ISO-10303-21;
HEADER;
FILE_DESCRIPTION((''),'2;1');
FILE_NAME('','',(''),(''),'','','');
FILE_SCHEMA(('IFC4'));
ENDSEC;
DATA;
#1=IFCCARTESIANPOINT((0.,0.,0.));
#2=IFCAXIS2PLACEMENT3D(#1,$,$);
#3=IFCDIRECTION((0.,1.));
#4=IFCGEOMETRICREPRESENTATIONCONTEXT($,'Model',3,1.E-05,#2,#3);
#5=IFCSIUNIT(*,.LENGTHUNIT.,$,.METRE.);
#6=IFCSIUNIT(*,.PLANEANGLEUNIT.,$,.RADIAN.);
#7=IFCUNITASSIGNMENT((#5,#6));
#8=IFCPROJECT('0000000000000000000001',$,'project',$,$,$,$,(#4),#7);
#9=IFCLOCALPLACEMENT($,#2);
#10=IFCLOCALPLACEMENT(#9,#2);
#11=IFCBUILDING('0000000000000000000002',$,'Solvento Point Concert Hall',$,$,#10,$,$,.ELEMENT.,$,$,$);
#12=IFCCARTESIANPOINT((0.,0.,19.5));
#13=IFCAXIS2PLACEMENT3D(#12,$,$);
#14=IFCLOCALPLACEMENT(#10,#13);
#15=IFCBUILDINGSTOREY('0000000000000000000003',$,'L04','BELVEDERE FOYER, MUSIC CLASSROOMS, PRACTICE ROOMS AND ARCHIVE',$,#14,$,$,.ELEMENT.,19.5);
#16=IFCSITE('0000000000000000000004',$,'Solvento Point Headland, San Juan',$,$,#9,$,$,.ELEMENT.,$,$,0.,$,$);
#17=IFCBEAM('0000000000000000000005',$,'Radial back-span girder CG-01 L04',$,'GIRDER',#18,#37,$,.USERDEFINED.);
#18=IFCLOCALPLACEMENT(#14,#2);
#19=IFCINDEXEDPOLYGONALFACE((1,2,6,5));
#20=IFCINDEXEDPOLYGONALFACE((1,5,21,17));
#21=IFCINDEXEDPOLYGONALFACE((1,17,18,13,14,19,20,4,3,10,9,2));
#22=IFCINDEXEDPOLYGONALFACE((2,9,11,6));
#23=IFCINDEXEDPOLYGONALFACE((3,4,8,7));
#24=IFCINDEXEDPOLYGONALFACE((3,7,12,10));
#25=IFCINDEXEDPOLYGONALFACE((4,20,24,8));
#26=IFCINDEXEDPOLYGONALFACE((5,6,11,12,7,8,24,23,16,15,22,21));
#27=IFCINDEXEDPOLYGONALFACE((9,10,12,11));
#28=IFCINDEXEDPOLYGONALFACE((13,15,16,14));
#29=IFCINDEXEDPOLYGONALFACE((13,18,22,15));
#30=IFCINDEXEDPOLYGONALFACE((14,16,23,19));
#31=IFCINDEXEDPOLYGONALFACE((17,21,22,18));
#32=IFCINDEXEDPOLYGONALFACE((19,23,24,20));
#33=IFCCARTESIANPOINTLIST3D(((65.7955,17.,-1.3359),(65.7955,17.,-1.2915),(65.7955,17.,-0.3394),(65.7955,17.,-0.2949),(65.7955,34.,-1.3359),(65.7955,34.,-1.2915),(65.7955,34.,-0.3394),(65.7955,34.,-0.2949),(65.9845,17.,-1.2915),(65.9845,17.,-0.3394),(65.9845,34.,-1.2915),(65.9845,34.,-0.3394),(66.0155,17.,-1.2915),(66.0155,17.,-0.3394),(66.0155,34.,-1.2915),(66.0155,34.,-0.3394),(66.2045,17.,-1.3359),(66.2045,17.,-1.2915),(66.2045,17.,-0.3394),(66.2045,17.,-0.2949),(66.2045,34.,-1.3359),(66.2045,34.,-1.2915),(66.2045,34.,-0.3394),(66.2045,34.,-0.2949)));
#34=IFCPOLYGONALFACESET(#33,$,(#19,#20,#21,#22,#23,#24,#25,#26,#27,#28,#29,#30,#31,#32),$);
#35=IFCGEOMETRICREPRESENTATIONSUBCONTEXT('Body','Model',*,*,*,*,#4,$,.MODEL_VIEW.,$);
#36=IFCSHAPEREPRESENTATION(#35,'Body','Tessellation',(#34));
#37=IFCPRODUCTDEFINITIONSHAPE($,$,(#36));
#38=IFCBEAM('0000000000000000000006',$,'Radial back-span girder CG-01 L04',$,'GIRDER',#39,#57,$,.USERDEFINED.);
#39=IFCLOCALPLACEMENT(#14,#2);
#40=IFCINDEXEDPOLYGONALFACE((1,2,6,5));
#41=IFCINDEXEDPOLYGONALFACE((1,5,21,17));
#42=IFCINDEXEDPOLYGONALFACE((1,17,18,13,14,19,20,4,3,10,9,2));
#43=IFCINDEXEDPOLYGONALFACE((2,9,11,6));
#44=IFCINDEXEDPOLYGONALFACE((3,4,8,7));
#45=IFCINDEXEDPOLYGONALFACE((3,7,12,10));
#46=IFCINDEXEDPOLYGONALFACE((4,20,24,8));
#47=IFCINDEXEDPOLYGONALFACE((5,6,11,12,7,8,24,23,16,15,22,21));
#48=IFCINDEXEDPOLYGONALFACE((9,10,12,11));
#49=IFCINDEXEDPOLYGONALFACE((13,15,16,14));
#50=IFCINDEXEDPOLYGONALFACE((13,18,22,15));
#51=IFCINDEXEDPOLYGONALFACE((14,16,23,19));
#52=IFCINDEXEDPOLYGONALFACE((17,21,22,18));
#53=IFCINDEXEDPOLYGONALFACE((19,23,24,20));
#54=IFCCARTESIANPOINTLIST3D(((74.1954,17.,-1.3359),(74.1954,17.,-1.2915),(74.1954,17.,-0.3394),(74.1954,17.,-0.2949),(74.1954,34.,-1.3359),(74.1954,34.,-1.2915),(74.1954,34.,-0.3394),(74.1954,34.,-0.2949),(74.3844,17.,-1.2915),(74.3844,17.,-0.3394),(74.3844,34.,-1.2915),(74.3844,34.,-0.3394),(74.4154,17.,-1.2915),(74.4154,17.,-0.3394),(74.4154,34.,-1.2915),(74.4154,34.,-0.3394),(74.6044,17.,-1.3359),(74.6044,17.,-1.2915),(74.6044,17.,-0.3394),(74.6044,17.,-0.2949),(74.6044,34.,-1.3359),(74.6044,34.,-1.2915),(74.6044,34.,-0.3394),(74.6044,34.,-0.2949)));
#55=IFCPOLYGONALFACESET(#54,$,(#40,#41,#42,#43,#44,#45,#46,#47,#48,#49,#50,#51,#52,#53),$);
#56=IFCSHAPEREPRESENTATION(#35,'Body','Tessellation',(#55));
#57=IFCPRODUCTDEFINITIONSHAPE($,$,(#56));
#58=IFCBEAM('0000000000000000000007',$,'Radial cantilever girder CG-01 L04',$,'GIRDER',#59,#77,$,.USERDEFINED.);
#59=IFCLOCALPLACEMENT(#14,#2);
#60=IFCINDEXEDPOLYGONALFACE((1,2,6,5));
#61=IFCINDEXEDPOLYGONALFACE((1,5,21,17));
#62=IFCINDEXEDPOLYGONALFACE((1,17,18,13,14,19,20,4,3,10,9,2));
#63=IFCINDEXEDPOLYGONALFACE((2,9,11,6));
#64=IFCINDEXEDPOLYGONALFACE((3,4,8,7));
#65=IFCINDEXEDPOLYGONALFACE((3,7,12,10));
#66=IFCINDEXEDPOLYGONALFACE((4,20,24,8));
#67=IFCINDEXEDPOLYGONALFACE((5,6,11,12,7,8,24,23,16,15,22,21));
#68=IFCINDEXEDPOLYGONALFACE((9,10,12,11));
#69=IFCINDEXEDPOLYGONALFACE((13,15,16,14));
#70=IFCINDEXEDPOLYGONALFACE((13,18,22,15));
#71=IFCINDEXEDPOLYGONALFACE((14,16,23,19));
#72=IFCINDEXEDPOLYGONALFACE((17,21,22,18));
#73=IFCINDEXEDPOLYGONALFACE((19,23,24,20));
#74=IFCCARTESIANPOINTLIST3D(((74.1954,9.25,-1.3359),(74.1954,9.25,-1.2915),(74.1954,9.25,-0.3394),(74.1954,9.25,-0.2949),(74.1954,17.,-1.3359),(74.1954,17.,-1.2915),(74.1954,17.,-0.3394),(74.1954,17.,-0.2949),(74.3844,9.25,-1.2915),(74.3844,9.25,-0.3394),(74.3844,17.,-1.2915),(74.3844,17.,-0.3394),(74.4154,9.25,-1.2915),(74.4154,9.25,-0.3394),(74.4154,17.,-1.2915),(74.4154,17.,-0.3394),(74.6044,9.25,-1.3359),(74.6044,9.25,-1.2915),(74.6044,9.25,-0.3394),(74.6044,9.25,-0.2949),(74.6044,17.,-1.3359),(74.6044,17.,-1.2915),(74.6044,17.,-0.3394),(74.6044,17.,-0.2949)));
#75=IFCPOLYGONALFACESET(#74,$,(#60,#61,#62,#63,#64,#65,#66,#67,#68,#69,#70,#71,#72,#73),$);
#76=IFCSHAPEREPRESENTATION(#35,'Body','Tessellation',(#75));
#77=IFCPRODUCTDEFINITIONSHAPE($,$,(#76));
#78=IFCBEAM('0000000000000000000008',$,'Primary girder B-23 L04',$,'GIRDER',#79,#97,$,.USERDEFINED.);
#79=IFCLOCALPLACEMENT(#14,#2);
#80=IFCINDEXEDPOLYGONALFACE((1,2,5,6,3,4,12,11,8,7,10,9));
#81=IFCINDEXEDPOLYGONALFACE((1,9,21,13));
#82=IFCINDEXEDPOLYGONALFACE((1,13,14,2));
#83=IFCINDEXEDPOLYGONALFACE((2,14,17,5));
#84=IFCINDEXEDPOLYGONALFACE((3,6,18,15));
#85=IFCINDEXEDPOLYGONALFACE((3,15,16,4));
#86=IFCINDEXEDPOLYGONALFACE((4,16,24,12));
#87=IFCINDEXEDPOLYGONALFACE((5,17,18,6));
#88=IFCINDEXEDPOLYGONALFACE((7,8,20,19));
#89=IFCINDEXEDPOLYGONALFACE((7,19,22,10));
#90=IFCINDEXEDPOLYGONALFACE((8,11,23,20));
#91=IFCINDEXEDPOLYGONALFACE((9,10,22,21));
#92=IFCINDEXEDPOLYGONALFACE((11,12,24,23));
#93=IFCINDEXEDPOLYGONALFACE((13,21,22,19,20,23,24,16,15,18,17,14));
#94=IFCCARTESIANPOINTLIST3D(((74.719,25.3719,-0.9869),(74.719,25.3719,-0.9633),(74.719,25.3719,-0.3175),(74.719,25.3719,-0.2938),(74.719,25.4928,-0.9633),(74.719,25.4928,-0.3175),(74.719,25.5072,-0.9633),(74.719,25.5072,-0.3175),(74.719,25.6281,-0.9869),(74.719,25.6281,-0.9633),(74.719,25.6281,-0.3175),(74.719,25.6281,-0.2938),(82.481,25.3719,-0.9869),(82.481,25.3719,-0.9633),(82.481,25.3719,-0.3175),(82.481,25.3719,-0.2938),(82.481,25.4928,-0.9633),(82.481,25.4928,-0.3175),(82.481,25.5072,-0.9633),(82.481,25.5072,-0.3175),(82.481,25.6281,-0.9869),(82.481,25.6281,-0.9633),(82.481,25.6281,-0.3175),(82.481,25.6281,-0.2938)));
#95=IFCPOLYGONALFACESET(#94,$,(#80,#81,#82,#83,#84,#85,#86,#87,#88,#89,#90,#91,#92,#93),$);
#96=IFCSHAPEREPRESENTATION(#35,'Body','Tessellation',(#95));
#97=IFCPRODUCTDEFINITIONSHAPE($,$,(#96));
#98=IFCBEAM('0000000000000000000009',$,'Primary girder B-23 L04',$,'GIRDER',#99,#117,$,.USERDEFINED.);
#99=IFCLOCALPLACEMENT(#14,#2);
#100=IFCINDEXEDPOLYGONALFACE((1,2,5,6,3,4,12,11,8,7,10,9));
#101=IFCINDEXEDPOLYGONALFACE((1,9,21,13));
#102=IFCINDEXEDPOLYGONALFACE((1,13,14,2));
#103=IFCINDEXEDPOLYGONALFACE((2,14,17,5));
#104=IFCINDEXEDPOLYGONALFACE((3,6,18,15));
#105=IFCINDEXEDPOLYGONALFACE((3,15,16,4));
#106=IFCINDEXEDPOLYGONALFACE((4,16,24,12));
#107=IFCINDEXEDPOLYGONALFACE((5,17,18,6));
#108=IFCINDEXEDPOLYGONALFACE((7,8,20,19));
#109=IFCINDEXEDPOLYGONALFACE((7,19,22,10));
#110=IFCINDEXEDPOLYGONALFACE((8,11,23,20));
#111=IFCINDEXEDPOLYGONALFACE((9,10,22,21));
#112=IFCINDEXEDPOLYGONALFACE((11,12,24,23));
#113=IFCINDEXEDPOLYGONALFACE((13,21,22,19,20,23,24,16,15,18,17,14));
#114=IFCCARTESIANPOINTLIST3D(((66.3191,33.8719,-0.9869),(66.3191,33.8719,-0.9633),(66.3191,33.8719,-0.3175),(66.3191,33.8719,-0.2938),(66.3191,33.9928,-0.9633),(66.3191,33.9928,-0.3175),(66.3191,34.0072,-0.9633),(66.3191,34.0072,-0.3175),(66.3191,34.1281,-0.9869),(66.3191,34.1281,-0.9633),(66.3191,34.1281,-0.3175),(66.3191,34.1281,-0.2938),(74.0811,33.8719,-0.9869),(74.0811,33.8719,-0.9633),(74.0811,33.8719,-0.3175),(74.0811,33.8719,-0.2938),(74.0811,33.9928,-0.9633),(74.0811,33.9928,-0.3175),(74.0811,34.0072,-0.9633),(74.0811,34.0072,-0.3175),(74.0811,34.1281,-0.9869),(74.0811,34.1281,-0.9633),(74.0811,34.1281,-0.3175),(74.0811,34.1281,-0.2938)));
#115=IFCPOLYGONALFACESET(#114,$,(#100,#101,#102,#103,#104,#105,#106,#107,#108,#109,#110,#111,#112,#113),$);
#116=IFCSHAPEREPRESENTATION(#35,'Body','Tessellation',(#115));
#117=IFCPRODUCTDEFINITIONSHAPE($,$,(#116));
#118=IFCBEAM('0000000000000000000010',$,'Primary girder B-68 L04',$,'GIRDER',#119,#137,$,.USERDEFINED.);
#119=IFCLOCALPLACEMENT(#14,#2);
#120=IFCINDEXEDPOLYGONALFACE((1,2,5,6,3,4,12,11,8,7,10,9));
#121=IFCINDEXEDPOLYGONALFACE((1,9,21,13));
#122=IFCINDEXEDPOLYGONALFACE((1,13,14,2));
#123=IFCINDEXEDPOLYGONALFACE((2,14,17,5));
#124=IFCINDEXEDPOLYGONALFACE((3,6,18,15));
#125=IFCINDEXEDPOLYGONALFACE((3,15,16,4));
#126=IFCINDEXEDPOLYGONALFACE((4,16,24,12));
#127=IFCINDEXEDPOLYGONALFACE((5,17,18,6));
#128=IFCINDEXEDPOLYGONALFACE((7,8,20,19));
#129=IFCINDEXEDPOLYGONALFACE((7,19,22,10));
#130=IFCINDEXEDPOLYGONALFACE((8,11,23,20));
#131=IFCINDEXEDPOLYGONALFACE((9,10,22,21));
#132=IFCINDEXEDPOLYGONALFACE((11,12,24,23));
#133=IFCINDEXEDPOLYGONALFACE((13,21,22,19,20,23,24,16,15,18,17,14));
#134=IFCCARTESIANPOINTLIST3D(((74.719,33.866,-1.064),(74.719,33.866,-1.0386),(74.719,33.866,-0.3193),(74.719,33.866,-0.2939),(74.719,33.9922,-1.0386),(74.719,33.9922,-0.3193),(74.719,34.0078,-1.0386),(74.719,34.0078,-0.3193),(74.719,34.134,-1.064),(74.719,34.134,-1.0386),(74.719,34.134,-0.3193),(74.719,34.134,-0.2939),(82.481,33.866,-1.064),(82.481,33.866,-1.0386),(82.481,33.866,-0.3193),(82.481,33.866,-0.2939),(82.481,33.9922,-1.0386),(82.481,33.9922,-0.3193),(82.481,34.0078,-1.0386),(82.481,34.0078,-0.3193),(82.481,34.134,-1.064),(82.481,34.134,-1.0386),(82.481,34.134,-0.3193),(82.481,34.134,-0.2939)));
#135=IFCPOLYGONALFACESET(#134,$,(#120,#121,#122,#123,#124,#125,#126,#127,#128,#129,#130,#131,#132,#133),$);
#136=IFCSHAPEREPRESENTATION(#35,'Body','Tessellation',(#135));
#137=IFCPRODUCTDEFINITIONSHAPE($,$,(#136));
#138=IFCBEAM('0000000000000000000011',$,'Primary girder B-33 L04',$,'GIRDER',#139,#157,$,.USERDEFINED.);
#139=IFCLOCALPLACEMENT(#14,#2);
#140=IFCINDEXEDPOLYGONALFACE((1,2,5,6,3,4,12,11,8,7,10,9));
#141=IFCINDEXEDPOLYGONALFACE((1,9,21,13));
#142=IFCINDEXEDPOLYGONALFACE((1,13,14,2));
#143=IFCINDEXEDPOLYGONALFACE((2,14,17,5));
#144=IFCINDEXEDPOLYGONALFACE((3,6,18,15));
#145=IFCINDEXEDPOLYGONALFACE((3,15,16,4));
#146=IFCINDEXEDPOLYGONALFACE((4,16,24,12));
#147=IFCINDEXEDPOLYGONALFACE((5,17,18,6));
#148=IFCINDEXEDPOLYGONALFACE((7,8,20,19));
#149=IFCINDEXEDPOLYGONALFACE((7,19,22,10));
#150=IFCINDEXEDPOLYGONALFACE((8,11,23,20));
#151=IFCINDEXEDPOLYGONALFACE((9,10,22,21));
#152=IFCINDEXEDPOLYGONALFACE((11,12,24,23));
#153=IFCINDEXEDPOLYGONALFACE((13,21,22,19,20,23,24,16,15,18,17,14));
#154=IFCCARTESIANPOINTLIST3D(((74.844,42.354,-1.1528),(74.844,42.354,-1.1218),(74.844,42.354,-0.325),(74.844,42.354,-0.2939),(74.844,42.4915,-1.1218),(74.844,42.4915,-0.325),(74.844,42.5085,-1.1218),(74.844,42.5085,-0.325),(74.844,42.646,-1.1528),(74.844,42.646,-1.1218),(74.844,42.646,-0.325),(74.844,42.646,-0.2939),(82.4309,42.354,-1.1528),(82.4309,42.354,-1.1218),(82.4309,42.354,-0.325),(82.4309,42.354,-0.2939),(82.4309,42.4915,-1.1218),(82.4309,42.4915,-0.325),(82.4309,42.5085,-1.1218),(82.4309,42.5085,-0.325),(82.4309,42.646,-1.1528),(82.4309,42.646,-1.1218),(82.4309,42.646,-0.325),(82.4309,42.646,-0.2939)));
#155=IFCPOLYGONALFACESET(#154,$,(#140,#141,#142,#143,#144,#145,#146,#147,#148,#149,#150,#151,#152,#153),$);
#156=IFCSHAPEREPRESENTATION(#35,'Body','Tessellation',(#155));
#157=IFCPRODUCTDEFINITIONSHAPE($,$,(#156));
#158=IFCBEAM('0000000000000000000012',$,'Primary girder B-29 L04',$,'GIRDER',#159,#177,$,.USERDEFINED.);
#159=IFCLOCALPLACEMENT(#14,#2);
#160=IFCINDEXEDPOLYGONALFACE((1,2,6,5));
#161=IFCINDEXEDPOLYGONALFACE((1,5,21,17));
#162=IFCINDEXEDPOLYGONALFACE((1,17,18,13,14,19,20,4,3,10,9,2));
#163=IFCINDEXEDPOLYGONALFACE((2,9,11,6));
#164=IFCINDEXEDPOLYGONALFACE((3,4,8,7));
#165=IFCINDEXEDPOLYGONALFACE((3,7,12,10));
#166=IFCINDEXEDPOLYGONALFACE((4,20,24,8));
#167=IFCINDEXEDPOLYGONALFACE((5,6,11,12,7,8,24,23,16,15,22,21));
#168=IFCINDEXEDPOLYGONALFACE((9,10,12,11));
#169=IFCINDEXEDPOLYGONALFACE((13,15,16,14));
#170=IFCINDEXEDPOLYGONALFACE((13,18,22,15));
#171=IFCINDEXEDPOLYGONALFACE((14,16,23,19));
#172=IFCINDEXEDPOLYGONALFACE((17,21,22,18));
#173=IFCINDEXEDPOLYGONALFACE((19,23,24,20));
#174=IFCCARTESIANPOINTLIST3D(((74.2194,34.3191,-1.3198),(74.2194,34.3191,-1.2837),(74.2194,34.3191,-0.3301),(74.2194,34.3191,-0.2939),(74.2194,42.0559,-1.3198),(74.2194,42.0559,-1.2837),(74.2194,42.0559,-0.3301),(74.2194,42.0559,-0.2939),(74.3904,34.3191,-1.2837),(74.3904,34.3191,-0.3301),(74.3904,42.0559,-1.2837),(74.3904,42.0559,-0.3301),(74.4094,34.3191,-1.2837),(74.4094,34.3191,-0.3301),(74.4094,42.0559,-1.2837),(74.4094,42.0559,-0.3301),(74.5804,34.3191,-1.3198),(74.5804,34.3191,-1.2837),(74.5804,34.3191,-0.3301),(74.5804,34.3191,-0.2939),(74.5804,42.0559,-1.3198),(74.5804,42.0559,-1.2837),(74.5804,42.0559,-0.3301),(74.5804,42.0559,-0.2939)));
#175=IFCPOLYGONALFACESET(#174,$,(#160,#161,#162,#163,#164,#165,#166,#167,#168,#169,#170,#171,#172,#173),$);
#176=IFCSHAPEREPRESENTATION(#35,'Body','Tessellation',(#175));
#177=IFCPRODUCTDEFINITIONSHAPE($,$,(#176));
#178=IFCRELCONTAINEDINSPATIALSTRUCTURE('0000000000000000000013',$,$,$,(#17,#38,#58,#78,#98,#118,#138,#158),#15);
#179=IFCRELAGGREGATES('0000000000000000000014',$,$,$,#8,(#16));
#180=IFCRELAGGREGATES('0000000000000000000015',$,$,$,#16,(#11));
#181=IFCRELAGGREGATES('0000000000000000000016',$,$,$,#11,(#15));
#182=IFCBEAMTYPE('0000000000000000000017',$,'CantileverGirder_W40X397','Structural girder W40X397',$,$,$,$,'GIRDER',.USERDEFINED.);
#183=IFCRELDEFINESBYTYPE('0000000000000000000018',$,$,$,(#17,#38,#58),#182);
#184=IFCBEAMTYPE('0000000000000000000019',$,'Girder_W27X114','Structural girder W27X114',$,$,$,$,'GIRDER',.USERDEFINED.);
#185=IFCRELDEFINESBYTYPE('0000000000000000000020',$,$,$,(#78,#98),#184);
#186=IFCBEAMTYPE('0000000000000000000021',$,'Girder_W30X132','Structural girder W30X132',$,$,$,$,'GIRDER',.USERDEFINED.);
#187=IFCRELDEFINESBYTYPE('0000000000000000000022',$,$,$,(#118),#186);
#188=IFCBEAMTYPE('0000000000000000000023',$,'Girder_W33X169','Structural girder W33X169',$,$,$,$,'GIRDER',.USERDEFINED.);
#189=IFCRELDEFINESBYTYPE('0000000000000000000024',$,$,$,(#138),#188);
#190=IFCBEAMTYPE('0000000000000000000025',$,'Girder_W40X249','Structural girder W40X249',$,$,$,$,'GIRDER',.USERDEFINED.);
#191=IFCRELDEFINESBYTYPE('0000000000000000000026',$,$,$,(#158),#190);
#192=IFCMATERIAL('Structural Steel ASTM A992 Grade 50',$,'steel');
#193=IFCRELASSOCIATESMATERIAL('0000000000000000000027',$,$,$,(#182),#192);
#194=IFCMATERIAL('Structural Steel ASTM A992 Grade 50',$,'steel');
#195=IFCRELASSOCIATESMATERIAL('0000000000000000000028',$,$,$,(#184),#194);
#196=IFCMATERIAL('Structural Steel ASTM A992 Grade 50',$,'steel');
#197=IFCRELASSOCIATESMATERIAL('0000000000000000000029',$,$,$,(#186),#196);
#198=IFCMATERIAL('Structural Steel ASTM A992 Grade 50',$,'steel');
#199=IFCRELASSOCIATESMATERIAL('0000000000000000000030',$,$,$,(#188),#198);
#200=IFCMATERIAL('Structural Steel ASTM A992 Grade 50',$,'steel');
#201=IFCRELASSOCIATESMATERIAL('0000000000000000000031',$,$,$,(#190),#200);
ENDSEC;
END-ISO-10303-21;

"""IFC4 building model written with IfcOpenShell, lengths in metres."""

from ifc_helpers import new_model, si_unit, direction, frame, origin, origin_2d, place, context, subcontext, project, spatial, i_section, extrude, material, material_profile, profile_set, type_object, element, save


model = new_model("IFC4")

# Units and contexts
model_context = context("Model", 3, precision=1e-05, world=origin(), true_north=direction((0.0, 1.0)))
body_context = subcontext(model_context, "Body", "Model", "MODEL_VIEW")
ifc_project = project(units=[si_unit("LENGTHUNIT", "METRE"), si_unit("PLANEANGLEUNIT", "RADIAN")], contexts=[model_context])

# Site, building, storey
site_placement = place(None, origin())
site = spatial("IfcSite", under=ifc_project, at=site_placement, Name="Solvento Point Headland, San Juan", CompositionType="ELEMENT", RefElevation=0.0)
building_placement = place(site_placement, origin())
building = spatial("IfcBuilding", under=site, at=building_placement, Name="Solvento Point Concert Hall", CompositionType="ELEMENT")
storey_placement = place(building_placement, frame((0.0, 0.0, 19.5)))
storey = spatial("IfcBuildingStorey", under=building, at=storey_placement, Name="L04", Description="BELVEDERE FOYER, MUSIC CLASSROOMS, PRACTICE ROOMS AND ARCHIVE", CompositionType="ELEMENT", Elevation=19.5)

# Beams
ifc_material_1 = material(Name="Structural Steel ASTM A992 Grade 50", Category="steel")
ifc_material_profile_1 = material_profile(ifc_material_1, i_section(OverallWidth=0.4089, OverallDepth=1.041, WebThickness=0.031, FlangeThickness=0.0444, at=origin_2d()), Name="W40X397")
ifc_profile_set_1 = profile_set([ifc_material_profile_1], Name="Structural Steel ASTM A992 Grade 50")
beam_type_1 = type_object("IfcBeamType", Name="CantileverGirder_W40X397", Description="Structural girder W40X397", ElementType="GIRDER", PredefinedType="USERDEFINED", material=ifc_profile_set_1)
for number, where, z_axis, x_axis, name in (
    (1, (66.0, 34.0, -0.8154), (0.0, -1.0, 0.0), (1.0, 0.0, 0.0), "Radial back-span girder CG-01 L04"),
    (2, (74.3999, 34.0, -0.8154), (0.0, -1.0, 0.0), (1.0, 0.0, 0.0), "Radial back-span girder CG-01 L04"),
):
    element("IfcBeam", number, at=place(storey_placement, frame(where, z_axis=z_axis, x_axis=x_axis)), inside=storey, type_object=beam_type_1, Name=name, ObjectType="GIRDER", PredefinedType="USERDEFINED", context=body_context, shape_type="SweptSolid", body=[
        extrude(i_section(OverallWidth=0.4089, OverallDepth=1.041, WebThickness=0.031, FlangeThickness=0.0444, at=origin_2d()), origin(), (0.0, 0.0, 1.0), 17.0),
    ])
beam_1_placement = place(storey_placement, frame((74.3999, 17.0, -0.8154), z_axis=(0.0, -1.0, 0.0), x_axis=(1.0, 0.0, 0.0)))
element("IfcBeam", 3, at=beam_1_placement, inside=storey, type_object=beam_type_1, Name="Radial cantilever girder CG-01 L04", ObjectType="GIRDER", PredefinedType="USERDEFINED", context=body_context, shape_type="SweptSolid", body=[
    extrude(i_section(OverallWidth=0.4089, OverallDepth=1.041, WebThickness=0.031, FlangeThickness=0.0444, at=origin_2d()), origin(), (0.0, 0.0, 1.0), 7.75),
])
ifc_material_2 = material(Name="Structural Steel ASTM A992 Grade 50", Category="steel")
ifc_material_profile_2 = material_profile(ifc_material_2, i_section(OverallWidth=0.2561, OverallDepth=0.6931, WebThickness=0.0144, FlangeThickness=0.0237, at=origin_2d()), Name="W27X114")
ifc_profile_set_2 = profile_set([ifc_material_profile_2], Name="Structural Steel ASTM A992 Grade 50")
beam_type_2 = type_object("IfcBeamType", Name="Girder_W27X114", Description="Structural girder W27X114", ElementType="GIRDER", PredefinedType="USERDEFINED", material=ifc_profile_set_2)
for number, where, z_axis, x_axis, name in (
    (4, (74.719, 25.5, -0.6404), (1.0, 0.0, 0.0), (0.0, 1.0, 0.0), "Primary girder B-23 L04"),
    (5, (66.3191, 34.0, -0.6404), (1.0, 0.0, 0.0), (0.0, 1.0, 0.0), "Primary girder B-23 L04"),
):
    element("IfcBeam", number, at=place(storey_placement, frame(where, z_axis=z_axis, x_axis=x_axis)), inside=storey, type_object=beam_type_2, Name=name, ObjectType="GIRDER", PredefinedType="USERDEFINED", context=body_context, shape_type="SweptSolid", body=[
        extrude(i_section(OverallWidth=0.2561, OverallDepth=0.6931, WebThickness=0.0144, FlangeThickness=0.0237, at=origin_2d()), origin(), (0.0, 0.0, 1.0), 7.762),
    ])
ifc_material_3 = material(Name="Structural Steel ASTM A992 Grade 50", Category="steel")
ifc_material_profile_3 = material_profile(ifc_material_3, i_section(OverallWidth=0.2681, OverallDepth=0.77, WebThickness=0.0156, FlangeThickness=0.0254, at=origin_2d()), Name="W30X132")
ifc_profile_set_3 = profile_set([ifc_material_profile_3], Name="Structural Steel ASTM A992 Grade 50")
beam_type_3 = type_object("IfcBeamType", Name="Girder_W30X132", Description="Structural girder W30X132", ElementType="GIRDER", PredefinedType="USERDEFINED", material=ifc_profile_set_3)
beam_2_placement = place(storey_placement, frame((74.719, 34.0, -0.679), z_axis=(1.0, 0.0, 0.0), x_axis=(0.0, 1.0, 0.0)))
element("IfcBeam", 6, at=beam_2_placement, inside=storey, type_object=beam_type_3, Name="Primary girder B-68 L04", ObjectType="GIRDER", PredefinedType="USERDEFINED", context=body_context, shape_type="SweptSolid", body=[
    extrude(i_section(OverallWidth=0.2681, OverallDepth=0.77, WebThickness=0.0156, FlangeThickness=0.0254, at=origin_2d()), origin(), (0.0, 0.0, 1.0), 7.762),
])
ifc_material_4 = material(Name="Structural Steel ASTM A992 Grade 50", Category="steel")
ifc_material_profile_4 = material_profile(ifc_material_4, i_section(OverallWidth=0.292, OverallDepth=0.8589, WebThickness=0.0171, FlangeThickness=0.031, at=origin_2d()), Name="W33X169")
ifc_profile_set_4 = profile_set([ifc_material_profile_4], Name="Structural Steel ASTM A992 Grade 50")
beam_type_4 = type_object("IfcBeamType", Name="Girder_W33X169", Description="Structural girder W33X169", ElementType="GIRDER", PredefinedType="USERDEFINED", material=ifc_profile_set_4)
beam_3_placement = place(storey_placement, frame((74.844, 42.5, -0.7234), z_axis=(1.0, 0.0, 0.0), x_axis=(0.0, 1.0, 0.0)))
element("IfcBeam", 7, at=beam_3_placement, inside=storey, type_object=beam_type_4, Name="Primary girder B-33 L04", ObjectType="GIRDER", PredefinedType="USERDEFINED", context=body_context, shape_type="SweptSolid", body=[
    extrude(i_section(OverallWidth=0.292, OverallDepth=0.8589, WebThickness=0.0171, FlangeThickness=0.031, at=origin_2d()), origin(), (0.0, 0.0, 1.0), 7.5869),
])
ifc_material_5 = material(Name="Structural Steel ASTM A992 Grade 50", Category="steel")
ifc_material_profile_5 = material_profile(ifc_material_5, i_section(OverallWidth=0.3611, OverallDepth=1.0259, WebThickness=0.019, FlangeThickness=0.0361, at=origin_2d()), Name="W40X249")
ifc_profile_set_5 = profile_set([ifc_material_profile_5], Name="Structural Steel ASTM A992 Grade 50")
beam_type_5 = type_object("IfcBeamType", Name="Girder_W40X249", Description="Structural girder W40X249", ElementType="GIRDER", PredefinedType="USERDEFINED", material=ifc_profile_set_5)
beam_4_placement = place(storey_placement, frame((74.3999, 34.3191, -0.8069), z_axis=(0.0, 1.0, 0.0), x_axis=(-1.0, 0.0, 0.0)))
element("IfcBeam", 8, at=beam_4_placement, inside=storey, type_object=beam_type_5, Name="Primary girder B-29 L04", ObjectType="GIRDER", PredefinedType="USERDEFINED", context=body_context, shape_type="SweptSolid", body=[
    extrude(i_section(OverallWidth=0.3611, OverallDepth=1.0259, WebThickness=0.019, FlangeThickness=0.0361, at=origin_2d()), origin(), (0.0, 0.0, 1.0), 7.7368),
])

save(model, "model.ifc")
